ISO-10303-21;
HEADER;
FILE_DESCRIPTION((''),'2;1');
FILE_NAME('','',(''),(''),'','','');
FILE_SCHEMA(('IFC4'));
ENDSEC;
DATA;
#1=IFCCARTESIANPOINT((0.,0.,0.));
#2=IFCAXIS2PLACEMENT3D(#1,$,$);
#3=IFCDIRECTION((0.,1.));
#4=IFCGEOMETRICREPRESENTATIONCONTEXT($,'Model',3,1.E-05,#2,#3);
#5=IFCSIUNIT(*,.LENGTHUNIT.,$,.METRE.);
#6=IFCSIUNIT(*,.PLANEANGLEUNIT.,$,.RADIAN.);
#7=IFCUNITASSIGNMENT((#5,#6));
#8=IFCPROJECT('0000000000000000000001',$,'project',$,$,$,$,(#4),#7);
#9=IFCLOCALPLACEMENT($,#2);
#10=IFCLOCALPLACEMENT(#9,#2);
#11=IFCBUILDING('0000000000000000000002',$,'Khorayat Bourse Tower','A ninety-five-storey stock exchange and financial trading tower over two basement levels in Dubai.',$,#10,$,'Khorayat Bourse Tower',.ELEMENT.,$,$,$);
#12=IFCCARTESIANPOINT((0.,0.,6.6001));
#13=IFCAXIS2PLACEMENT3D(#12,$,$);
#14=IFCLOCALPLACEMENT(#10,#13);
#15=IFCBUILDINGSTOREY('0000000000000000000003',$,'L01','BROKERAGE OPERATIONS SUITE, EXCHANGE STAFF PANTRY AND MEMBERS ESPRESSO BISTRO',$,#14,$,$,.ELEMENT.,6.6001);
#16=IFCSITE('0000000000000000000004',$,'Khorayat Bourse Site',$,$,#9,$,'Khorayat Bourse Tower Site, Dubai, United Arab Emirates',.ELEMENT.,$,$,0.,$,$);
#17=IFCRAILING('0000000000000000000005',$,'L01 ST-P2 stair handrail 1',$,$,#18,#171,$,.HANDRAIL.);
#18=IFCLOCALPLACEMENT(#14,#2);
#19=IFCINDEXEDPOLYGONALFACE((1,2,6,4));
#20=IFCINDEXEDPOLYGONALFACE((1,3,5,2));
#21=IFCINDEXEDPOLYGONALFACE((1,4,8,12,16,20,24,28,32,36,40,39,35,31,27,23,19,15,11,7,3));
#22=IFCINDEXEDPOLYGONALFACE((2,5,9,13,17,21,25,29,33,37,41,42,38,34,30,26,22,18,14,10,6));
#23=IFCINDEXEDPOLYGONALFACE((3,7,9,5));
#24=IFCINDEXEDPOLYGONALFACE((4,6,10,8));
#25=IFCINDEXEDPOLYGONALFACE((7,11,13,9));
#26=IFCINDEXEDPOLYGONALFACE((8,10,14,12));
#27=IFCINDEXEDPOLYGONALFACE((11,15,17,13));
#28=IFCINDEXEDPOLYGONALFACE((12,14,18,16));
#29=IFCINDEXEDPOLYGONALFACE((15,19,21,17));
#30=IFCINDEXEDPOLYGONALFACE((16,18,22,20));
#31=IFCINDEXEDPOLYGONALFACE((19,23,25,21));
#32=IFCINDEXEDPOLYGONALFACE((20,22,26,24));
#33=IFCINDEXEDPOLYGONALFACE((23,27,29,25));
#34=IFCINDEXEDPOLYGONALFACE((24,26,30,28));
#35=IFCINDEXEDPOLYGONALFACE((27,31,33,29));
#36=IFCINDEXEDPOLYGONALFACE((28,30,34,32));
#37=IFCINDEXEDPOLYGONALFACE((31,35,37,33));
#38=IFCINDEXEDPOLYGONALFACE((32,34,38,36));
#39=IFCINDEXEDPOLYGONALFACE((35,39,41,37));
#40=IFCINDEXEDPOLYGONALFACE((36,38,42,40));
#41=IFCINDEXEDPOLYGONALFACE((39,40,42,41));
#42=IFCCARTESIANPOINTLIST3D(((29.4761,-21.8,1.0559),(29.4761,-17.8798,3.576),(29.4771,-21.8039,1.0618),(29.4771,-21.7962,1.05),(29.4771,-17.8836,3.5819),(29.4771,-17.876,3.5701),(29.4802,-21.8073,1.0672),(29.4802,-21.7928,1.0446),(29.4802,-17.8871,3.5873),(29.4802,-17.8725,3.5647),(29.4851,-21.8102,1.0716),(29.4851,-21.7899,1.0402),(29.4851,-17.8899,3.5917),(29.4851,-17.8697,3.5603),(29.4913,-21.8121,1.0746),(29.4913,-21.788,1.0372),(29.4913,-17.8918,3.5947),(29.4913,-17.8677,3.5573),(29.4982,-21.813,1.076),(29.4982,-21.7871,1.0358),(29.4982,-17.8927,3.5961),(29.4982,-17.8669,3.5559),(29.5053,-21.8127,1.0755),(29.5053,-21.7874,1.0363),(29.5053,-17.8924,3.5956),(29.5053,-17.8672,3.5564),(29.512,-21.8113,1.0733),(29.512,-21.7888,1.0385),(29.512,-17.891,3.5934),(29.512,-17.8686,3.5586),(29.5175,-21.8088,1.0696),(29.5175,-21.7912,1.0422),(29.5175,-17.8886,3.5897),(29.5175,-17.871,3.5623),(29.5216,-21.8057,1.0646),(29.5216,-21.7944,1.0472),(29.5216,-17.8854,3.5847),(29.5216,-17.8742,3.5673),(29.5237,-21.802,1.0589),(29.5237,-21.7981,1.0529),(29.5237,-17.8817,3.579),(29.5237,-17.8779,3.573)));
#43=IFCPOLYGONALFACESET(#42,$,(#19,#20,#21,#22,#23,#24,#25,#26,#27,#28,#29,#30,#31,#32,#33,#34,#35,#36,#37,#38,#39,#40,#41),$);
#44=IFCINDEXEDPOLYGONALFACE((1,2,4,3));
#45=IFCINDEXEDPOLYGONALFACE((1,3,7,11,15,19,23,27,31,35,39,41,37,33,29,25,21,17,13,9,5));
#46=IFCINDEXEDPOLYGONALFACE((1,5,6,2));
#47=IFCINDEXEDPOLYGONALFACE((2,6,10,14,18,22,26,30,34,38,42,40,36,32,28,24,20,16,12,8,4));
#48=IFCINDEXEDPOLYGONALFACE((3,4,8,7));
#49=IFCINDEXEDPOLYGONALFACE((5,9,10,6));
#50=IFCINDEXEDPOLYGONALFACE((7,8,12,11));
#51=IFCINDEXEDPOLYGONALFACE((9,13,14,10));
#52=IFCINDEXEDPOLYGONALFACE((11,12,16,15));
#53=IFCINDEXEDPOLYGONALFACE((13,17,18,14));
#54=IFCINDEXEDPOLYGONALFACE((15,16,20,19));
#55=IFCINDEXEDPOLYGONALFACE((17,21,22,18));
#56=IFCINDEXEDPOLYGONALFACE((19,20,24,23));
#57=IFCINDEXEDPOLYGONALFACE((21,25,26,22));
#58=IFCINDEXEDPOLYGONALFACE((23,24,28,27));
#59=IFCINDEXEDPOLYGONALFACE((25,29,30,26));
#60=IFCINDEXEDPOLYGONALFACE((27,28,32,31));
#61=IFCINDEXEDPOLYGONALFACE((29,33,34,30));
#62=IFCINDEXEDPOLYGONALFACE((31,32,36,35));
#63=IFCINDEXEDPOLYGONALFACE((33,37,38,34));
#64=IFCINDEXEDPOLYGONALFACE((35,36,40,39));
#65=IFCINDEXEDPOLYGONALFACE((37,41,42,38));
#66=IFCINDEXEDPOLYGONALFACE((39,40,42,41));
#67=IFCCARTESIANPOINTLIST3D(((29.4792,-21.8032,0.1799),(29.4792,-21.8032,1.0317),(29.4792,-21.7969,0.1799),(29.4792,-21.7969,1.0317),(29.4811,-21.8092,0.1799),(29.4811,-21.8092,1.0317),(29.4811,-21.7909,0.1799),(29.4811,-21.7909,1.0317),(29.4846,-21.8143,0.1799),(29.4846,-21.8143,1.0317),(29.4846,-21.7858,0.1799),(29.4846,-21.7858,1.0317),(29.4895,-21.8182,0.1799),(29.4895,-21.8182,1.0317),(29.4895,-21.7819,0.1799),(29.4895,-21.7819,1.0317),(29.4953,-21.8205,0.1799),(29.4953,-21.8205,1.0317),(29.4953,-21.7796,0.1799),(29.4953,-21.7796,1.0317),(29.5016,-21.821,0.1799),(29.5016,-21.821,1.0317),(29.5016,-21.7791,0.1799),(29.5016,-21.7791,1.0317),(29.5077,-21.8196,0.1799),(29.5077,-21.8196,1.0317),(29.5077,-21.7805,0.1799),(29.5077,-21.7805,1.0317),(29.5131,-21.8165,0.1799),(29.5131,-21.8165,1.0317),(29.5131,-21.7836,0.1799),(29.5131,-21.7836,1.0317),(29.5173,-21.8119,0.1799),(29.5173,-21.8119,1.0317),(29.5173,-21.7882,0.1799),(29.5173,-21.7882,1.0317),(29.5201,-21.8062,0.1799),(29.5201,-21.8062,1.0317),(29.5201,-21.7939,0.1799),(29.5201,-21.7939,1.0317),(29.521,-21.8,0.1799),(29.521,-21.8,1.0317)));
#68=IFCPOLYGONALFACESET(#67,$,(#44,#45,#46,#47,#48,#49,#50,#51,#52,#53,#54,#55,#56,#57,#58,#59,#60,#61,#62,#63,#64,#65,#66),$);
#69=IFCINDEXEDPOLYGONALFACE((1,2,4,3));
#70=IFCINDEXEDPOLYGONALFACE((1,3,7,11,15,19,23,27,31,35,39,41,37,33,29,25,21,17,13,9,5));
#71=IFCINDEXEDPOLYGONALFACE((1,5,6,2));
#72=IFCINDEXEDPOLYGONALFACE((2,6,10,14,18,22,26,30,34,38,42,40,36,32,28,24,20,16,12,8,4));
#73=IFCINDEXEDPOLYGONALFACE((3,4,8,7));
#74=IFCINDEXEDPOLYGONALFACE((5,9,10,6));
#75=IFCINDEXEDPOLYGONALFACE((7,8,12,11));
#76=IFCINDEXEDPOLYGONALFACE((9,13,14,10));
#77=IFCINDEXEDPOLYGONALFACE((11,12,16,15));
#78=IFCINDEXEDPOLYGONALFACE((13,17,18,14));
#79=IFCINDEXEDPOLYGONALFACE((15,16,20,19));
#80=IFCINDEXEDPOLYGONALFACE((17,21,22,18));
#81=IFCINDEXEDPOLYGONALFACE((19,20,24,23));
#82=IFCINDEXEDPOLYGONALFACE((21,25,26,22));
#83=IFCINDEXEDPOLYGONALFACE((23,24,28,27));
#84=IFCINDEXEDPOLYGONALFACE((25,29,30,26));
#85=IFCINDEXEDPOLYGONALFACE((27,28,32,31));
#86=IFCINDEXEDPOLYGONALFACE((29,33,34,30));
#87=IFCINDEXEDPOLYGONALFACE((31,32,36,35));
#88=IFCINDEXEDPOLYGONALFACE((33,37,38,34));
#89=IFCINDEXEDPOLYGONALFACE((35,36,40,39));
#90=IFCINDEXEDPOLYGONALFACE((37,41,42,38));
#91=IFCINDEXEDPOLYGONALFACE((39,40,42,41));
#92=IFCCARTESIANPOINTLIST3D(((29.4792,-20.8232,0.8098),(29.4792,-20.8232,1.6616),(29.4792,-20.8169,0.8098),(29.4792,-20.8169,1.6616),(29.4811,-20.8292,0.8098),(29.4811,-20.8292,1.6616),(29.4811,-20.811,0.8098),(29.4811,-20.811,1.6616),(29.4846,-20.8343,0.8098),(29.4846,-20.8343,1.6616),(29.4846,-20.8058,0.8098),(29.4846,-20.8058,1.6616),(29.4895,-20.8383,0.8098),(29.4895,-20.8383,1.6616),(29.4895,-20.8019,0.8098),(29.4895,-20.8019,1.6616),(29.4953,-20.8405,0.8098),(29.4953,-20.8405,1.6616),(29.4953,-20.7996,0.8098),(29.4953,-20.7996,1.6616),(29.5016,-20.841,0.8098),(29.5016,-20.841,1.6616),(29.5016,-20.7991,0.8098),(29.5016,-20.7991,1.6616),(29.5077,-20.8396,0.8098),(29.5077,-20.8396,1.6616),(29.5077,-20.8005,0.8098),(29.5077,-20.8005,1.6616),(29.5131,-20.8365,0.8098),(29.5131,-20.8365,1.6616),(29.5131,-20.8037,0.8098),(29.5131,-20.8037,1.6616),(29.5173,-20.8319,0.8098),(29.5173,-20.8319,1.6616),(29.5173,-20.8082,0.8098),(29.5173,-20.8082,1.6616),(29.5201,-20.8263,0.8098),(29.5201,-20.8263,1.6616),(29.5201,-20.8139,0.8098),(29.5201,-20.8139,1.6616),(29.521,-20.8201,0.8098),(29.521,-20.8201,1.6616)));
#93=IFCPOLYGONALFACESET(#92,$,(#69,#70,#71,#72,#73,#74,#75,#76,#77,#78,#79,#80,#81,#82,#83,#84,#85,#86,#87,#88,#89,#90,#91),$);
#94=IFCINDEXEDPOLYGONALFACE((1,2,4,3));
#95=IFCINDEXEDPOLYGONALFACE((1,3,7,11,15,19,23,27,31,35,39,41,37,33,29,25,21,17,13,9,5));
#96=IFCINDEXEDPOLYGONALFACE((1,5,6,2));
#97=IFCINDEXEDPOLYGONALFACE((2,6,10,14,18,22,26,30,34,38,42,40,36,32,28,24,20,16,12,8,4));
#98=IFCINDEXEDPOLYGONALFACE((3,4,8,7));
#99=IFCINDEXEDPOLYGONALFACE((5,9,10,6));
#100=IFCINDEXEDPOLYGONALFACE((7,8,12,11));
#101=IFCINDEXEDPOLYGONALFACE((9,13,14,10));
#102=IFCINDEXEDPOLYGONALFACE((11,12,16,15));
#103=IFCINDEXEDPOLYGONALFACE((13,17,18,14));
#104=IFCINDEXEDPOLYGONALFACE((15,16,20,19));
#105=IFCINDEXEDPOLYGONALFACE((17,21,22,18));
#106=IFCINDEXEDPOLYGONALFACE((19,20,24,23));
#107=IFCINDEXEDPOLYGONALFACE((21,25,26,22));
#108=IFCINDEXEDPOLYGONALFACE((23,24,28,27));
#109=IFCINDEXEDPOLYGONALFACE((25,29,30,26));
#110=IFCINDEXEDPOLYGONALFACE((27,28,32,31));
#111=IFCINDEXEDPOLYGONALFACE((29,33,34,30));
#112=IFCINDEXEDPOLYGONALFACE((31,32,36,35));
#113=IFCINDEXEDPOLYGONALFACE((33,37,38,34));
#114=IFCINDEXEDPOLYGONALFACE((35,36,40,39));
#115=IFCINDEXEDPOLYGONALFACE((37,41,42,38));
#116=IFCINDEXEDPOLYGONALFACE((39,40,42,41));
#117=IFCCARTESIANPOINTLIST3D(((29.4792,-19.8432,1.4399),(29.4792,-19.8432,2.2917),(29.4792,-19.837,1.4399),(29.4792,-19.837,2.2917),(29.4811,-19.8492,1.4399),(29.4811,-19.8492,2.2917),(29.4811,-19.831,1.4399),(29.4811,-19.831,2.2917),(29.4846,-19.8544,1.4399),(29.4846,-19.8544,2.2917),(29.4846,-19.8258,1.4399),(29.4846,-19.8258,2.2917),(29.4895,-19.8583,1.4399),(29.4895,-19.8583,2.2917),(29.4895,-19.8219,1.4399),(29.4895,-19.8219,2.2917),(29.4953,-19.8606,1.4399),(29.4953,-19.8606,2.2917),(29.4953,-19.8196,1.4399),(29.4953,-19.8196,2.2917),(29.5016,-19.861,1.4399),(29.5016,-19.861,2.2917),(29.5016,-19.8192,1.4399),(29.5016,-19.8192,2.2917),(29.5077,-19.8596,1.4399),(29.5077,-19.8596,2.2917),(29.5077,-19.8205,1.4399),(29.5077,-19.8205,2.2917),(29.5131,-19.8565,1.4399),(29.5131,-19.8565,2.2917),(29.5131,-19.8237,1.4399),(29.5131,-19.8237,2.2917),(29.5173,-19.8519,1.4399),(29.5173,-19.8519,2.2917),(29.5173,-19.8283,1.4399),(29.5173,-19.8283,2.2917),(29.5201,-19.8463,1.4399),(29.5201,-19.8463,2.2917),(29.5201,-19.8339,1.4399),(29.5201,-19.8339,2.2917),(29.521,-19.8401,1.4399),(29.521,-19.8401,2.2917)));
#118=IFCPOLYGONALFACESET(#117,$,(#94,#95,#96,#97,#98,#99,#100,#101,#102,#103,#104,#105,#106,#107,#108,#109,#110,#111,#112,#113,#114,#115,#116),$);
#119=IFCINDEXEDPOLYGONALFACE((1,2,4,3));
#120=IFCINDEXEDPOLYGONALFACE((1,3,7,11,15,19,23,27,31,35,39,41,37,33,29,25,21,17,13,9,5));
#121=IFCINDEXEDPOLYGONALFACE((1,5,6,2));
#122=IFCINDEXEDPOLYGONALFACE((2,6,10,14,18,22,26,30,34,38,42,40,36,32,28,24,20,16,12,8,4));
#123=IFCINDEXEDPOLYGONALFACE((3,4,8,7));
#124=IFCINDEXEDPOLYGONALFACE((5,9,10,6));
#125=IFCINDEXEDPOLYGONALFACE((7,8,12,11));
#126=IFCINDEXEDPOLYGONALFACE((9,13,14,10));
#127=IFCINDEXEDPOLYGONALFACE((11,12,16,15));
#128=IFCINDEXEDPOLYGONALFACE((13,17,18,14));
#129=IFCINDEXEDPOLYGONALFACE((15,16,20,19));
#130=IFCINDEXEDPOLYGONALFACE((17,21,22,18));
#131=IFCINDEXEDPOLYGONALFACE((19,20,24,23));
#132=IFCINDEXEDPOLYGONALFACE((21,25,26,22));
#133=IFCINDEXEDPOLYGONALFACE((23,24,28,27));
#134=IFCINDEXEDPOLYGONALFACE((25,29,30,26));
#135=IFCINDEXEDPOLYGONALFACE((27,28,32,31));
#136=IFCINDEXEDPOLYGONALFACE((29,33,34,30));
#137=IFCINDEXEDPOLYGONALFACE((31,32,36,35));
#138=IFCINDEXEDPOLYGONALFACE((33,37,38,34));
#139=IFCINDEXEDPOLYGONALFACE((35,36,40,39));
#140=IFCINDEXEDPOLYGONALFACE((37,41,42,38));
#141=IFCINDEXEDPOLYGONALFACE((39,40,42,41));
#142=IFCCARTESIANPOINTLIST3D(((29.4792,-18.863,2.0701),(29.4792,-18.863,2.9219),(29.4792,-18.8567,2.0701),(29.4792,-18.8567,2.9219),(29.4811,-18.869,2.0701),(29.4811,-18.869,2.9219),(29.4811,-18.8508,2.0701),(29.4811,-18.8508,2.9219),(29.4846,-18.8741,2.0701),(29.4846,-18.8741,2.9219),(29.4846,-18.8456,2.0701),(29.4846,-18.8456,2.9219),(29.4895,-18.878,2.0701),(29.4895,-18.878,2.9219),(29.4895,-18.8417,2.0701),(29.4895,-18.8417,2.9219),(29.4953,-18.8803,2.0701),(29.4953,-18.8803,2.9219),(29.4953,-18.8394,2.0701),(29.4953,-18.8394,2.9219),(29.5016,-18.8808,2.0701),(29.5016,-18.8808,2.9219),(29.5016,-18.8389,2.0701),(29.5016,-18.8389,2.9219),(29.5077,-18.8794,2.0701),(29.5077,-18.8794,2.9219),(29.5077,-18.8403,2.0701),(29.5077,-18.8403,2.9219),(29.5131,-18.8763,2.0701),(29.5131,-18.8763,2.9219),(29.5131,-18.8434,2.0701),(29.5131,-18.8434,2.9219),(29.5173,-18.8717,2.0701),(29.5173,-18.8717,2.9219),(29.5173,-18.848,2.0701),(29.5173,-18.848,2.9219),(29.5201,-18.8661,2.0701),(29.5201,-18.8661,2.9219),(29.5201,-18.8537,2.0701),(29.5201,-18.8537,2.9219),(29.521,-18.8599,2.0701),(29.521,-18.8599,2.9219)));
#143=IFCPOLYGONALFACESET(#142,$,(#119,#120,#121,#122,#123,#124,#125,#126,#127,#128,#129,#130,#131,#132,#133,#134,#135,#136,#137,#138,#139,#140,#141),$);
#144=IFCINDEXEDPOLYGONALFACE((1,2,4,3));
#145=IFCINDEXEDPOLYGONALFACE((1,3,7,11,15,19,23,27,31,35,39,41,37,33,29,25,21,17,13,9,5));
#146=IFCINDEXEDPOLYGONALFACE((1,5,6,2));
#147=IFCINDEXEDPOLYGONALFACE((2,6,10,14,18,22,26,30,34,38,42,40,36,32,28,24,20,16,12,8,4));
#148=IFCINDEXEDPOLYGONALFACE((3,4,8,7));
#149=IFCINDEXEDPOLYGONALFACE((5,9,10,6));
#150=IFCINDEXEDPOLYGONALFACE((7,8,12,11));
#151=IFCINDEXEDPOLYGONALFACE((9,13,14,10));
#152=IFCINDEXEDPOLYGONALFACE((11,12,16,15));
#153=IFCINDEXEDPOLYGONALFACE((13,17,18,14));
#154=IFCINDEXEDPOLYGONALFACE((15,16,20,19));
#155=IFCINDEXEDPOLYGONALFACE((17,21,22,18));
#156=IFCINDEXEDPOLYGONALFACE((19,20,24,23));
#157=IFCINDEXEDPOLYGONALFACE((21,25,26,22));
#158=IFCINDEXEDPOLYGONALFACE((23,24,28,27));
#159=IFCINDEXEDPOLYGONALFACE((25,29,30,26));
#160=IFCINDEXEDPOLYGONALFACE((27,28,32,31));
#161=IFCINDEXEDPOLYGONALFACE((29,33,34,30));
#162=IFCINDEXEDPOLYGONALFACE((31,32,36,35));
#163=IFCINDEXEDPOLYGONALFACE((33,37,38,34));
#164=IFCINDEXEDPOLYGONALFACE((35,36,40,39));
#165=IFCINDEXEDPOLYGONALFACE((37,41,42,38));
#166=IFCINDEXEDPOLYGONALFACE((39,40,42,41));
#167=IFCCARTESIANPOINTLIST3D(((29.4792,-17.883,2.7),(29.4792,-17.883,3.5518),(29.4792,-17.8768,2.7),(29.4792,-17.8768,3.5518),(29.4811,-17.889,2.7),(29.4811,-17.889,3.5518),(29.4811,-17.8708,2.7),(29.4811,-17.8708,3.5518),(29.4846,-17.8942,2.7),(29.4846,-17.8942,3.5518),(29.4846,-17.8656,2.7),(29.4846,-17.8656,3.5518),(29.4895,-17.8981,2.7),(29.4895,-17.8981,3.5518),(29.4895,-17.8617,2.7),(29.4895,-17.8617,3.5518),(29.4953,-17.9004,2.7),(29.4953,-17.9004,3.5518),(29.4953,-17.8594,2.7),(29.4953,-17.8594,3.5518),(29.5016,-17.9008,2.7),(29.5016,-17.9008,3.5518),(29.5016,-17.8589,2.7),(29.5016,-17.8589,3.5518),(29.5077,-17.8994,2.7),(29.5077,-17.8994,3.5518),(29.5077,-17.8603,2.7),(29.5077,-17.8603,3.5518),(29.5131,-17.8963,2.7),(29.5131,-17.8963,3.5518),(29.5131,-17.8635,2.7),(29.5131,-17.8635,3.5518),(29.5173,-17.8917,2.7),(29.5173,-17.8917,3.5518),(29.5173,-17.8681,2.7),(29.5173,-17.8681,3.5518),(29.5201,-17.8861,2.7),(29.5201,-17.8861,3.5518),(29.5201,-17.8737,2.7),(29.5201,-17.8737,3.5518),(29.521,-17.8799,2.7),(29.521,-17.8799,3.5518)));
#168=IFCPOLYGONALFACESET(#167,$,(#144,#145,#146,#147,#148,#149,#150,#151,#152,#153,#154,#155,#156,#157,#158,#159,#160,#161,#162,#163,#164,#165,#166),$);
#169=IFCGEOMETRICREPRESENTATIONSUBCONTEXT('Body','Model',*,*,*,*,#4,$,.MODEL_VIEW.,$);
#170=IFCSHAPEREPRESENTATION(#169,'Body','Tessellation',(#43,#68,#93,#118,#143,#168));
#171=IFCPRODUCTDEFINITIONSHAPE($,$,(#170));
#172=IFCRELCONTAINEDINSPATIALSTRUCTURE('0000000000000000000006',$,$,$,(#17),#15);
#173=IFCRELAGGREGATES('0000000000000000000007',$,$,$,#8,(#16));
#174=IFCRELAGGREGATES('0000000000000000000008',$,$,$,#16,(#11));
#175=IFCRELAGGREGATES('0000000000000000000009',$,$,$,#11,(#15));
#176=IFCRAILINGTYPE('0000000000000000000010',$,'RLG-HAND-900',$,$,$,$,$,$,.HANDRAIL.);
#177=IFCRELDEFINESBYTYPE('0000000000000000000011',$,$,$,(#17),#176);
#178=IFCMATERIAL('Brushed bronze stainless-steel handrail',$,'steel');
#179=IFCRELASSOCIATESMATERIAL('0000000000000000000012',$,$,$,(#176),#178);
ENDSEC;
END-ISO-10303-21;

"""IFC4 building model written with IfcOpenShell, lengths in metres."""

from ifc_helpers import new_model, si_unit, direction, frame, origin, origin_2d, place, context, subcontext, project, spatial, circle, extrude, source, transform, mapped, material, type_object, element, save


model = new_model("IFC4")

# Units and contexts
model_context = context("Model", 3, precision=1e-05, world=origin(), true_north=direction((0.0, 1.0)))
body_context = subcontext(model_context, "Body", "Model", "MODEL_VIEW")
ifc_project = project(units=[si_unit("LENGTHUNIT", "METRE"), si_unit("PLANEANGLEUNIT", "RADIAN")], contexts=[model_context])

# Site, building, storey
site_placement = place(None, origin())
site = spatial("IfcSite", under=ifc_project, at=site_placement, Name="Khorayat Bourse Site", LongName="Khorayat Bourse Tower Site, Dubai, United Arab Emirates", CompositionType="ELEMENT", RefElevation=0.0)
building_placement = place(site_placement, origin())
building = spatial("IfcBuilding", under=site, at=building_placement, Name="Khorayat Bourse Tower", Description="A ninety-five-storey stock exchange and financial trading tower over two basement levels in Dubai.", LongName="Khorayat Bourse Tower", CompositionType="ELEMENT")
storey_placement = place(building_placement, frame((0.0, 0.0, 6.6001)))
storey = spatial("IfcBuildingStorey", under=building, at=storey_placement, Name="L01", Description="BROKERAGE OPERATIONS SUITE, EXCHANGE STAFF PANTRY AND MEMBERS ESPRESSO BISTRO", CompositionType="ELEMENT", Elevation=6.6001)

# Railing
ifc_material_1 = material(Name="Brushed bronze stainless-steel handrail", Category="steel")
railing_type = type_object("IfcRailingType", Name="RLG-HAND-900", PredefinedType="HANDRAIL", material=ifc_material_1)
shared_shape_1 = source(origin(), body_context, "Body", "SweptSolid", [
    extrude(circle(Radius=0.0239, at=origin_2d()), frame((0.0, 0.0, 0.876), z_axis=(0.0, 0.841187, 0.540744), x_axis=(-1.0, 0.0, 0.0)), (0.0, 0.0, 1.0), 4.6604),
    extrude(circle(Radius=0.021, at=origin_2d()), origin(), (0.0, 0.0, 1.0), 0.8518),
    extrude(circle(Radius=0.021, at=origin_2d()), frame((0.0, 0.98, 0.6299)), (0.0, 0.0, 1.0), 0.8518),
    extrude(circle(Radius=0.021, at=origin_2d()), frame((0.0, 1.96, 1.26)), (0.0, 0.0, 1.0), 0.8518),
    extrude(circle(Radius=0.021, at=origin_2d()), frame((0.0, 2.9402, 1.8901)), (0.0, 0.0, 1.0), 0.8518),
    extrude(circle(Radius=0.021, at=origin_2d()), frame((0.0, 3.9202, 2.52)), (0.0, 0.0, 1.0), 0.8518),
])
railing_placement = place(storey_placement, frame((29.5, -21.8, 0.1799)))
element("IfcRailing", 1, at=railing_placement, inside=storey, type_object=railing_type, Name="L01 ST-P2 stair handrail 1", PredefinedType="HANDRAIL", context=body_context, shape_type="MappedRepresentation", body=[
    mapped(shared_shape_1, transform((0.0, 0.0, 0.0), scale=1.0)),
])

save(model, "model.ifc")
